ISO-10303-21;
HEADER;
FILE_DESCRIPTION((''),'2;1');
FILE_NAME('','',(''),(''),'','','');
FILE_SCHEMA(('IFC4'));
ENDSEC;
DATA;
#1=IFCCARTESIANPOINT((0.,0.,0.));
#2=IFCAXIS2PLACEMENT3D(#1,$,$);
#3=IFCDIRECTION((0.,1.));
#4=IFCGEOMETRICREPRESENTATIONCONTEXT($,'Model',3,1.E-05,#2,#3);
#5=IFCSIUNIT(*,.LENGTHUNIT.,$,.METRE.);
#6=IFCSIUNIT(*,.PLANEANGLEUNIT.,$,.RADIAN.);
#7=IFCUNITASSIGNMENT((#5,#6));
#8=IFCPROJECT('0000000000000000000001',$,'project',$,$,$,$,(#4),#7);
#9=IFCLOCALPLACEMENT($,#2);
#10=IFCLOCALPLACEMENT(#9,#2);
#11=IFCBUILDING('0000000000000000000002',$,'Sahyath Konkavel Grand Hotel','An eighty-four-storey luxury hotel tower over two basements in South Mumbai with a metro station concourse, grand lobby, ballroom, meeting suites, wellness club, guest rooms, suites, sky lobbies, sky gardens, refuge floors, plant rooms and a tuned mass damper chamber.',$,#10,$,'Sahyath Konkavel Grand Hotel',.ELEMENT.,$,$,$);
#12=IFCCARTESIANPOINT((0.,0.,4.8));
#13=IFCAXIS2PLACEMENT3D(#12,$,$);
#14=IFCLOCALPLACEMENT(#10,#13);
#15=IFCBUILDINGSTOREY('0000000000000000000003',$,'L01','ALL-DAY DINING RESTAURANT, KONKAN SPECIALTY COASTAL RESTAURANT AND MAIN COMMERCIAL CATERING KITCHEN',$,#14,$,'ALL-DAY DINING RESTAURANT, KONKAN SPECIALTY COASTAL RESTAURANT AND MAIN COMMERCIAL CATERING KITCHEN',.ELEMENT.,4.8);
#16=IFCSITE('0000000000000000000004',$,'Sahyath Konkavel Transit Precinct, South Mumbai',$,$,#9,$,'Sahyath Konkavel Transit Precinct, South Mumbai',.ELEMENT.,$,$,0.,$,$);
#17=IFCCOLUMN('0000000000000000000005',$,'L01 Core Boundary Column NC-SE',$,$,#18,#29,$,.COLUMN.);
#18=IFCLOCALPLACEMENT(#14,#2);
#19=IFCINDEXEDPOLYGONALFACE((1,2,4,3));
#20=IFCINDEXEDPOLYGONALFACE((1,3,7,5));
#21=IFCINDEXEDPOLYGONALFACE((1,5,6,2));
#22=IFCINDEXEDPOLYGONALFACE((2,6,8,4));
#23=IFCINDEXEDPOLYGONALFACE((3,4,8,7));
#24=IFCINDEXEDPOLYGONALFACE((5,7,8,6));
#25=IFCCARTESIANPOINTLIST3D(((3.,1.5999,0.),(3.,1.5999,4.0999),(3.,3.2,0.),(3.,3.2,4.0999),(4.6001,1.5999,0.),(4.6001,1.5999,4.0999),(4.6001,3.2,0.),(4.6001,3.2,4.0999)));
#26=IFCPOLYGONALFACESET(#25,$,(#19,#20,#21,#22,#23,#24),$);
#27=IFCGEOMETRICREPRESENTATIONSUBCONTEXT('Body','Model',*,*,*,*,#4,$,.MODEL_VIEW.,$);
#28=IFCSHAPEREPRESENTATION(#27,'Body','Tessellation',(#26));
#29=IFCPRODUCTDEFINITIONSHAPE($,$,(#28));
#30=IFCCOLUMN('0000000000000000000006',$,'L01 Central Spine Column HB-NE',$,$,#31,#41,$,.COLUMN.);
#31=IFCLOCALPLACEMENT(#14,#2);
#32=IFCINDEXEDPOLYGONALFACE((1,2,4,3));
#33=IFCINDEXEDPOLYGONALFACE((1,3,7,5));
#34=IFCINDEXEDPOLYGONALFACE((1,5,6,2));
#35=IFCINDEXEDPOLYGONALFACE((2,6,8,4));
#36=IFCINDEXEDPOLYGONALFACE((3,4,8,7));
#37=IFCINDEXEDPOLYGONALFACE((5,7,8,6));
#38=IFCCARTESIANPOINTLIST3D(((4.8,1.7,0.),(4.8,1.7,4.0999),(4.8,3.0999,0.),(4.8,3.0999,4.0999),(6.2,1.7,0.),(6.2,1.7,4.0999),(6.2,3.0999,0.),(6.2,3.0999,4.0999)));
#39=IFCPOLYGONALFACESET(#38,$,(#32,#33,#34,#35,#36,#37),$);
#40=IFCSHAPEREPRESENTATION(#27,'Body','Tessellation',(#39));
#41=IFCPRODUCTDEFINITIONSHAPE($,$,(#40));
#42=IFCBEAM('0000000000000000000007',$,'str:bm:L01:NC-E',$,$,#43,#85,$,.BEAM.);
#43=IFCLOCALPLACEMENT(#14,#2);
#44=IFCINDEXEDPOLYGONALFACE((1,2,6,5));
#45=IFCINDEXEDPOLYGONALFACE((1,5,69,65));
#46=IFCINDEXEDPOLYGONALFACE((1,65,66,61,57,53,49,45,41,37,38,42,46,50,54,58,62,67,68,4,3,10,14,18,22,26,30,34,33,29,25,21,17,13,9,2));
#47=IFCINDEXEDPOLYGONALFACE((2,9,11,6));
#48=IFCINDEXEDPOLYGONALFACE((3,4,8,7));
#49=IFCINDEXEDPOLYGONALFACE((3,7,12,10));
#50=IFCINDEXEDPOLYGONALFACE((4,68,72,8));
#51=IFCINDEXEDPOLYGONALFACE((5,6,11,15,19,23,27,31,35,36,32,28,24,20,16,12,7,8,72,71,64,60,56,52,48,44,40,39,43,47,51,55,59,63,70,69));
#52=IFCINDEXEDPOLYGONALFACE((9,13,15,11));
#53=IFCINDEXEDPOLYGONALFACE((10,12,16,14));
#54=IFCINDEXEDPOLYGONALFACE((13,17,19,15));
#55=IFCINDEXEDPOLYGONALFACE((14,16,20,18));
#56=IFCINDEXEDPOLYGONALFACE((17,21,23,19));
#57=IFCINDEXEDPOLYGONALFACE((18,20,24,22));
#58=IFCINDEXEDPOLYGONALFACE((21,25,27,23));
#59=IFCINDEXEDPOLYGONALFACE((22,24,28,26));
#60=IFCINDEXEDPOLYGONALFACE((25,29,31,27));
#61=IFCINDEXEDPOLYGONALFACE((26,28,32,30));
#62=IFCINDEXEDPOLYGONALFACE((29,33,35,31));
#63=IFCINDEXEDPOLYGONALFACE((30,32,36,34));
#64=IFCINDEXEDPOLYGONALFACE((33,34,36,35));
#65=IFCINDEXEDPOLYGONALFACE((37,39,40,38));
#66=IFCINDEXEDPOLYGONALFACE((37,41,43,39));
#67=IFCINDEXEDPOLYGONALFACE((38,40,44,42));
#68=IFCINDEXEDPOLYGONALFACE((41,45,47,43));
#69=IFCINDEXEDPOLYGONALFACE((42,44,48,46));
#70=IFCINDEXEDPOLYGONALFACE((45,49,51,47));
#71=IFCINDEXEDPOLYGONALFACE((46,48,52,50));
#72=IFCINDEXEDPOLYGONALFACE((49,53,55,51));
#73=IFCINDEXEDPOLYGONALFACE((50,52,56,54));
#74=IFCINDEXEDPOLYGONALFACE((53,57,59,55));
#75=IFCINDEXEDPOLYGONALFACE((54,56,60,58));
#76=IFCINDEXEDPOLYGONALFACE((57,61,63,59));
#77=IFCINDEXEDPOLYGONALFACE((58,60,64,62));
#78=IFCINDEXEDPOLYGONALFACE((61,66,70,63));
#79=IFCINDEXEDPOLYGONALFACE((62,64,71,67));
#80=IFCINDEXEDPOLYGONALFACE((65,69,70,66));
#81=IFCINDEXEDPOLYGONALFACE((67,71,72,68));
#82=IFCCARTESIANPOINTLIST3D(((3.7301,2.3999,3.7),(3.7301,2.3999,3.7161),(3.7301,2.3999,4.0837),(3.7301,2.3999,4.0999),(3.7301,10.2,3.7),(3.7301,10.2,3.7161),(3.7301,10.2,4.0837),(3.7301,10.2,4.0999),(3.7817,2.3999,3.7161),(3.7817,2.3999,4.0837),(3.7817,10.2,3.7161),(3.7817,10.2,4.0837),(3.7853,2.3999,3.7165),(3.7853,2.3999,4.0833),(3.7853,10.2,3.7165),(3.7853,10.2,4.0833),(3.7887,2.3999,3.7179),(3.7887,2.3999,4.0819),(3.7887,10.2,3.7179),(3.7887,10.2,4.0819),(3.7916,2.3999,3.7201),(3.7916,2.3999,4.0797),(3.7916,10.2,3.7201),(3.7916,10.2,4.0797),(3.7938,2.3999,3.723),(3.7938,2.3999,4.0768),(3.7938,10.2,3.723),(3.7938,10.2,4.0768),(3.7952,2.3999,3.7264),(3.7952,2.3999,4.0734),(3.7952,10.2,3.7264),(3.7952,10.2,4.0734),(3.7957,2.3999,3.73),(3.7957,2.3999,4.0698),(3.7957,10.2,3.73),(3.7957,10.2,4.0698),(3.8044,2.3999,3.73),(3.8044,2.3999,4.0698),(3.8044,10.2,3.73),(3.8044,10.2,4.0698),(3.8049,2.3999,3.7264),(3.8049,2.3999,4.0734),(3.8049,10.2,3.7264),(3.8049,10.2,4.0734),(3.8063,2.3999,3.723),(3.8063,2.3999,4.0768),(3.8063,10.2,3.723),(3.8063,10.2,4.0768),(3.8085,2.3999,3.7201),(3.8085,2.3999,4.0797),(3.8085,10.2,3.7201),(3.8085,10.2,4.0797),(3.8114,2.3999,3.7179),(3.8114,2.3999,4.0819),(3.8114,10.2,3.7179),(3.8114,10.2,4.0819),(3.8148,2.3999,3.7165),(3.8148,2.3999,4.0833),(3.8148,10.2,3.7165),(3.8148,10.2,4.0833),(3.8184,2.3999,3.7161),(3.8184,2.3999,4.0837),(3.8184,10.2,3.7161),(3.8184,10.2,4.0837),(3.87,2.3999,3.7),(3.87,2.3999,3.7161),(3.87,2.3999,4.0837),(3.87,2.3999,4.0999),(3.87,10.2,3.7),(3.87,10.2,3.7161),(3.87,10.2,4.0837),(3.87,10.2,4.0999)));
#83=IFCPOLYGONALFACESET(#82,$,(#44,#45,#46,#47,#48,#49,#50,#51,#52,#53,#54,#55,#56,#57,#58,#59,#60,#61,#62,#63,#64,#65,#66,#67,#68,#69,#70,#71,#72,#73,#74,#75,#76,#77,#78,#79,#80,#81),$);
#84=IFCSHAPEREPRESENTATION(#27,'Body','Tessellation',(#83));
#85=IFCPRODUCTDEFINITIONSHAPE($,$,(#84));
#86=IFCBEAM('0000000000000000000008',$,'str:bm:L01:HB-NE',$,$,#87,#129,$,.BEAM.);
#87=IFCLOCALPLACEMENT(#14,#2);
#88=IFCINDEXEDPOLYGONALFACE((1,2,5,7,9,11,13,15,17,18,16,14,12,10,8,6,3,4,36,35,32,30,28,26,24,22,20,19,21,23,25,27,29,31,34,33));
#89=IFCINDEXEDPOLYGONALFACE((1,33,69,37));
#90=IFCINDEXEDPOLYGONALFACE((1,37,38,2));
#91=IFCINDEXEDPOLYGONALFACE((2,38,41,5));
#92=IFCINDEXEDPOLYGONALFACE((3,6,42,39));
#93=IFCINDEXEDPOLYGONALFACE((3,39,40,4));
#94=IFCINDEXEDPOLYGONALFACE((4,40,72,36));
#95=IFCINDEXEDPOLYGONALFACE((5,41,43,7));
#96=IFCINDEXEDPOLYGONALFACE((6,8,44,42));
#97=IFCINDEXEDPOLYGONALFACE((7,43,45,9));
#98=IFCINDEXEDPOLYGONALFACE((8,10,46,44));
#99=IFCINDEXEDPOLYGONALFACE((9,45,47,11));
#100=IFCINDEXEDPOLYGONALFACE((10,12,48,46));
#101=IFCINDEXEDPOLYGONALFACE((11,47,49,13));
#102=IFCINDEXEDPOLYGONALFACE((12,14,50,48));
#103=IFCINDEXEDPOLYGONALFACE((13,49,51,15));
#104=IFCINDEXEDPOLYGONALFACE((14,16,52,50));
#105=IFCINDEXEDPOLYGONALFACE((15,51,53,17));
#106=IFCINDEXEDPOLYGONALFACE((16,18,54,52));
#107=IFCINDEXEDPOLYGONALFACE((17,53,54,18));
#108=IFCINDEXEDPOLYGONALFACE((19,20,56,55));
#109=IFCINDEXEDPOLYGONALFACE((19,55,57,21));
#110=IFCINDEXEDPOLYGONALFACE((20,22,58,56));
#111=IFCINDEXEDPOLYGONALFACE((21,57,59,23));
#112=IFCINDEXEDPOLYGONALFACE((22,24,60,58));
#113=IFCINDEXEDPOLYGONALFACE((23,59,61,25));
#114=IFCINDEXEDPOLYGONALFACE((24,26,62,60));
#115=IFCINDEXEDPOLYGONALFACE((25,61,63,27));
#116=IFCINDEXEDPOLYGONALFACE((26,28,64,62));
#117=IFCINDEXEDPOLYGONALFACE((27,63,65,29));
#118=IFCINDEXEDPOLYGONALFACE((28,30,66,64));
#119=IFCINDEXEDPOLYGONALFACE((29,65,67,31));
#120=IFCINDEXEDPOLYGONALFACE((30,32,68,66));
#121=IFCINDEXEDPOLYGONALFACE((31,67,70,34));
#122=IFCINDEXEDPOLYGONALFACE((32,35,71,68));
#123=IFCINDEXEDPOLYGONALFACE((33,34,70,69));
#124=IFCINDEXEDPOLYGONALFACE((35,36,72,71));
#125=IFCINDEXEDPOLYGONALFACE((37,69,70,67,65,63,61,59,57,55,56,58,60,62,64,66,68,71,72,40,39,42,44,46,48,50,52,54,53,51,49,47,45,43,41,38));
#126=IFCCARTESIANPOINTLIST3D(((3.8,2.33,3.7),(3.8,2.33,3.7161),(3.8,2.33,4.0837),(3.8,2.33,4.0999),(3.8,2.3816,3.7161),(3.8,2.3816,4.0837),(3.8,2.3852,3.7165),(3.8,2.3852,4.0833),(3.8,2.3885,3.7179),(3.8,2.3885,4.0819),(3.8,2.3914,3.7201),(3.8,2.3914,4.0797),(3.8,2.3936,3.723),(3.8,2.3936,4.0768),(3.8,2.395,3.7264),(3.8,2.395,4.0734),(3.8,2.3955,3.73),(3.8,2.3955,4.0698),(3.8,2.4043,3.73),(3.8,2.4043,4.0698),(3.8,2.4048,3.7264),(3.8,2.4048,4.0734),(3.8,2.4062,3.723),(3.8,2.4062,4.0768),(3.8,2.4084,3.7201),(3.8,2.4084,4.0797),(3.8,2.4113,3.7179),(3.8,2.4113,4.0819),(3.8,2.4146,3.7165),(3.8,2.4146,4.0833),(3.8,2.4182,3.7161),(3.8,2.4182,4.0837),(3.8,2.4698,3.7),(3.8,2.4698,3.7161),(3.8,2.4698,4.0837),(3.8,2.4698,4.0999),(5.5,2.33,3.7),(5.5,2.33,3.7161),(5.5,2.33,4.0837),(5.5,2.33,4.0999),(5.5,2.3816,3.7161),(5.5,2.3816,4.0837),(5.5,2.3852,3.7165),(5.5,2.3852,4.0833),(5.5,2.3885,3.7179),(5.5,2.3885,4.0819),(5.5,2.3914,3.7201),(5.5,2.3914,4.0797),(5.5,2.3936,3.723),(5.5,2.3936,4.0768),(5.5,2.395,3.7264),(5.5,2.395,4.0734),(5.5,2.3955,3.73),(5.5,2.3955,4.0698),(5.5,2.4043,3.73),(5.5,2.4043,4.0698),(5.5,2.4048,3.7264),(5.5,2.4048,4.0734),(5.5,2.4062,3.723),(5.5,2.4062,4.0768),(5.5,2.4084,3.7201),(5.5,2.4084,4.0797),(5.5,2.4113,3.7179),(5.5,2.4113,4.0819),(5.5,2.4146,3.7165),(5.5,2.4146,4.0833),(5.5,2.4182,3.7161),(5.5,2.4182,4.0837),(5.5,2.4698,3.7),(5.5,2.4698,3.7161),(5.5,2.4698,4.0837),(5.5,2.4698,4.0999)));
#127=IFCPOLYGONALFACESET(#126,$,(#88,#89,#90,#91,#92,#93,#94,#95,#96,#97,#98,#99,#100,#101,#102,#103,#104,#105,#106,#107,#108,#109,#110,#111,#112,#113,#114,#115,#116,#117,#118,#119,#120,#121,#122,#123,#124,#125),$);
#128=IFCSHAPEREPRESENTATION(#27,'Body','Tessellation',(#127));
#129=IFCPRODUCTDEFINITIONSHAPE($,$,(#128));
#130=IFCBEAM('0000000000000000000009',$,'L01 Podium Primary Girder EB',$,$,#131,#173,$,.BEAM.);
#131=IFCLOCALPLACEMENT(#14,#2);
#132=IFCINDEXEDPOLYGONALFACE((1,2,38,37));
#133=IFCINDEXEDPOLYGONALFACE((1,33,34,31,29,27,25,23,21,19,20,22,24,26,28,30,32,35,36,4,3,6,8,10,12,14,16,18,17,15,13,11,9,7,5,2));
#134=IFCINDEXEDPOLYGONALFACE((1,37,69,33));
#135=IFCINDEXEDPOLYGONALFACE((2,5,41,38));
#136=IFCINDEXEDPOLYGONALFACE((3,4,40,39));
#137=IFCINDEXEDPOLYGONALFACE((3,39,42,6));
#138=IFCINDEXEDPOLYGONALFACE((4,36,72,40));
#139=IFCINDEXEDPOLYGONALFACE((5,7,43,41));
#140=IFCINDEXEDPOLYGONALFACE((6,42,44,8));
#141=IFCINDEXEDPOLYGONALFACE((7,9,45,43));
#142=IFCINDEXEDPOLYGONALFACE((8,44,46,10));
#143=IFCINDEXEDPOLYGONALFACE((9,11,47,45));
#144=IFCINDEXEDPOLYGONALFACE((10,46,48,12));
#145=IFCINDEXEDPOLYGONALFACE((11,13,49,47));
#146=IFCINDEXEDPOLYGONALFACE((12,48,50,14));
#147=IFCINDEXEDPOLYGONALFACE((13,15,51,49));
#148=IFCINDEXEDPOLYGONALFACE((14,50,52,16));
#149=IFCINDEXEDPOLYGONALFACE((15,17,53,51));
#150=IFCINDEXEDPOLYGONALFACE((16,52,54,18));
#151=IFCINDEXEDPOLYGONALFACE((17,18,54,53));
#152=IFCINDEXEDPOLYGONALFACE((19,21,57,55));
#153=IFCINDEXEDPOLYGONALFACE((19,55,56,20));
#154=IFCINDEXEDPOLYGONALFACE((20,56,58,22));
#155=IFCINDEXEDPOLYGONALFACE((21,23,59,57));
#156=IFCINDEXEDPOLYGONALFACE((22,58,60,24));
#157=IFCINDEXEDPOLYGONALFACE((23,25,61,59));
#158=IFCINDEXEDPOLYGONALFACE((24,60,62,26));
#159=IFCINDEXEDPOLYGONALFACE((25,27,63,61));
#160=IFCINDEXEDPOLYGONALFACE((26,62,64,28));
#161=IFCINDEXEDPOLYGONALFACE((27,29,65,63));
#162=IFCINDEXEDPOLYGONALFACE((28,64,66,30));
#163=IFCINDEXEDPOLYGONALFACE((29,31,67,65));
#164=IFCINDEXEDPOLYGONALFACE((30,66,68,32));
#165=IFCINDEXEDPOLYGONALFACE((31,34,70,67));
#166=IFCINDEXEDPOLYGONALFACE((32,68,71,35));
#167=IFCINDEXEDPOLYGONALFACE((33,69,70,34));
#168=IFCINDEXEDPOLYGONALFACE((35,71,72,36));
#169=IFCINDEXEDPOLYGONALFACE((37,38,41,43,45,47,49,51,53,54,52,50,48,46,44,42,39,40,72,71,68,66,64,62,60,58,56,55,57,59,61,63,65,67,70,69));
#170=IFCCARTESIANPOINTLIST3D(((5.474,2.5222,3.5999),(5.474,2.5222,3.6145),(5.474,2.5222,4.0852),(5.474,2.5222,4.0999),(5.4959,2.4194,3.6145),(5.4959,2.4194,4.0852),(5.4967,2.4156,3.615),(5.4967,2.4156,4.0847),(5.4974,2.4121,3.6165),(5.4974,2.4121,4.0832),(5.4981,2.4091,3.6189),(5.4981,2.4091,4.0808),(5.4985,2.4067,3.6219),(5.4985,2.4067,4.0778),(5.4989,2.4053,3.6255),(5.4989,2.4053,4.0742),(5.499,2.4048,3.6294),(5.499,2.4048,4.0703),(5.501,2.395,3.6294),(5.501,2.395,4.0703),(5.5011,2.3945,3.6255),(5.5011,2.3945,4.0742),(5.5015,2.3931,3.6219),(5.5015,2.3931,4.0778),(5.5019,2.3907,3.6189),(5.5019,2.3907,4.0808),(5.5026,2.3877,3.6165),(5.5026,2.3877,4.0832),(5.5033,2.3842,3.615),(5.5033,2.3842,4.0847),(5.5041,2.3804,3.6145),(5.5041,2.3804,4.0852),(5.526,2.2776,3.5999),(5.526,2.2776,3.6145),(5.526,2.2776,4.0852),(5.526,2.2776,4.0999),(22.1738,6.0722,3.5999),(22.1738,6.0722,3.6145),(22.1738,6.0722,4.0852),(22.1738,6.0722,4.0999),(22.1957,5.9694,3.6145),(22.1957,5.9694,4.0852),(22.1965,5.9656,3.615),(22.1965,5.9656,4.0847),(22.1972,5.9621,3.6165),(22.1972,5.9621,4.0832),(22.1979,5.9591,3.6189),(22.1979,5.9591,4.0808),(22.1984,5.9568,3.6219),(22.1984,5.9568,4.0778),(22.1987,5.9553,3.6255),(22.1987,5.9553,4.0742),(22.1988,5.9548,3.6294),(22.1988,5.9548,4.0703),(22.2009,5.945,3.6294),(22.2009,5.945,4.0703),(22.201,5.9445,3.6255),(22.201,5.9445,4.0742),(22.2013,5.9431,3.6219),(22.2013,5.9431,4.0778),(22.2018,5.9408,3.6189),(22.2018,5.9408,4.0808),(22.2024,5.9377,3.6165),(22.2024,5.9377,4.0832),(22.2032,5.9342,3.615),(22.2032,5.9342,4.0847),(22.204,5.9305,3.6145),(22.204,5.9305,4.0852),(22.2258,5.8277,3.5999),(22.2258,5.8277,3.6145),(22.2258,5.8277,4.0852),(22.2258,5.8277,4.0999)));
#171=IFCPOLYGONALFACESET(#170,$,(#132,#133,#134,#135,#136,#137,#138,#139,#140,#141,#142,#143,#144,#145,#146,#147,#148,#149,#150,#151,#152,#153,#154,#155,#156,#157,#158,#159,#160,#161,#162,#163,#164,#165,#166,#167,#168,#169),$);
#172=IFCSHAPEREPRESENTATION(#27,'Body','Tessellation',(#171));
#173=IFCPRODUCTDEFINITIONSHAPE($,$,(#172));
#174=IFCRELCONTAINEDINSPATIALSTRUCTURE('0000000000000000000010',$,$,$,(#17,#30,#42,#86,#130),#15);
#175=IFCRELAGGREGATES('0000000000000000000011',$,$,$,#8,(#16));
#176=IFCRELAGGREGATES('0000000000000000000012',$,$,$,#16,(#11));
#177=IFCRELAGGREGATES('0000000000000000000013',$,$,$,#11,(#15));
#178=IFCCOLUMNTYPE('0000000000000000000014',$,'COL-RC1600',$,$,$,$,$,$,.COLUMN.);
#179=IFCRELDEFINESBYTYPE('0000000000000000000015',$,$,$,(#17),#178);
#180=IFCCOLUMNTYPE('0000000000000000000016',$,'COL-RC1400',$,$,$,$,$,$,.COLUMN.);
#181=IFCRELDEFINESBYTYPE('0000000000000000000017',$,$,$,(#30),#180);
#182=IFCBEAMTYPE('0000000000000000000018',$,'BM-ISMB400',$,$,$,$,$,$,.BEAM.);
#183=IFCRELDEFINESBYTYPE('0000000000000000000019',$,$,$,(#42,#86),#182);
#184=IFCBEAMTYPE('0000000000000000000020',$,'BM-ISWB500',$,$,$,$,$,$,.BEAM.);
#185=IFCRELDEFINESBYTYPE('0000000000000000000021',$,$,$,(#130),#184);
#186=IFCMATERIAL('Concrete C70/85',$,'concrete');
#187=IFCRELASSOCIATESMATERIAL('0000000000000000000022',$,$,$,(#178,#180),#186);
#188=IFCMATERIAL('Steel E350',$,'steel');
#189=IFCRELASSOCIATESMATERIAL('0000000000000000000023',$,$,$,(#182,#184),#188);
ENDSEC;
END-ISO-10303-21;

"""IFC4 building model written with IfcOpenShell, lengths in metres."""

from ifc_helpers import new_model, si_unit, direction, frame, origin, origin_2d, place, context, subcontext, project, spatial, rectangle, i_section, extrude, source, transform, mapped, material, material_profile, profile_set, type_object, element, save


model = new_model("IFC4")

# Units and contexts
model_context = context("Model", 3, precision=1e-05, world=origin(), true_north=direction((0.0, 1.0)))
body_context = subcontext(model_context, "Body", "Model", "MODEL_VIEW")
ifc_project = project(units=[si_unit("LENGTHUNIT", "METRE"), si_unit("PLANEANGLEUNIT", "RADIAN")], contexts=[model_context])

# Site, building, storey
site_placement = place(None, origin())
site = spatial("IfcSite", under=ifc_project, at=site_placement, Name="Sahyath Konkavel Transit Precinct, South Mumbai", LongName="Sahyath Konkavel Transit Precinct, South Mumbai", CompositionType="ELEMENT", RefElevation=0.0)
building_placement = place(site_placement, origin())
building = spatial("IfcBuilding", under=site, at=building_placement, Name="Sahyath Konkavel Grand Hotel", Description="An eighty-four-storey luxury hotel tower over two basements in South Mumbai with a metro station concourse, grand lobby, ballroom, meeting suites, wellness club, guest rooms, suites, sky lobbies, sky gardens, refuge floors, plant rooms and a tuned mass damper chamber.", LongName="Sahyath Konkavel Grand Hotel", CompositionType="ELEMENT")
storey_placement = place(building_placement, frame((0.0, 0.0, 4.8)))
storey = spatial("IfcBuildingStorey", under=building, at=storey_placement, Name="L01", Description="ALL-DAY DINING RESTAURANT, KONKAN SPECIALTY COASTAL RESTAURANT AND MAIN COMMERCIAL CATERING KITCHEN", LongName="ALL-DAY DINING RESTAURANT, KONKAN SPECIALTY COASTAL RESTAURANT AND MAIN COMMERCIAL CATERING KITCHEN", CompositionType="ELEMENT", Elevation=4.8)

# Columns
ifc_material_1 = material(Name="Concrete C70/85", Category="concrete")
ifc_material_profile_1 = material_profile(ifc_material_1, rectangle(XDim=1.6001, YDim=1.6001, at=origin_2d()), Name="RC 1600x1600")
ifc_profile_set_1 = profile_set([ifc_material_profile_1], Name="Concrete C70/85")
column_type_1 = type_object("IfcColumnType", Name="COL-RC1600", PredefinedType="COLUMN", material=ifc_profile_set_1)
shared_shape_1 = source(origin(), body_context, "Body", "SweptSolid", [
    extrude(rectangle(XDim=1.6001, YDim=1.6001, at=origin_2d()), origin(), (0.0, 0.0, 1.0), 4.0999),
])
column_1_placement = place(storey_placement, frame((3.8, 2.3999, 0.0), z_axis=(0.0, 0.0, 1.0), x_axis=(1.0, 0.0, 0.0)))
element("IfcColumn", 1, at=column_1_placement, inside=storey, type_object=column_type_1, Name="L01 Core Boundary Column NC-SE", PredefinedType="COLUMN", context=body_context, shape_type="MappedRepresentation", body=[
    mapped(shared_shape_1, transform((0.0, 0.0, 0.0), scale=1.0)),
])
ifc_material_profile_2 = material_profile(ifc_material_1, rectangle(XDim=1.3999, YDim=1.3999, at=origin_2d()), Name="RC 1400x1400")
ifc_profile_set_2 = profile_set([ifc_material_profile_2], Name="Concrete C70/85")
column_type_2 = type_object("IfcColumnType", Name="COL-RC1400", PredefinedType="COLUMN", material=ifc_profile_set_2)
shared_shape_2 = source(origin(), body_context, "Body", "SweptSolid", [
    extrude(rectangle(XDim=1.3999, YDim=1.3999, at=origin_2d()), origin(), (0.0, 0.0, 1.0), 4.0999),
])
column_2_placement = place(storey_placement, frame((5.5, 2.3999, 0.0), z_axis=(0.0, 0.0, 1.0), x_axis=(1.0, 0.0, 0.0)))
element("IfcColumn", 2, at=column_2_placement, inside=storey, type_object=column_type_2, Name="L01 Central Spine Column HB-NE", PredefinedType="COLUMN", context=body_context, shape_type="MappedRepresentation", body=[
    mapped(shared_shape_2, transform((0.0, 0.0, 0.0), scale=1.0)),
])

# Beams
ifc_material_2 = material(Name="Steel E350", Category="steel")
ifc_material_profile_3 = material_profile(ifc_material_2, i_section(OverallWidth=0.1399, OverallDepth=0.3999, WebThickness=0.0088, FlangeThickness=0.0161, FilletRadius=0.0139, at=origin_2d()), Name="ISMB 400")
ifc_profile_set_3 = profile_set([ifc_material_profile_3], Name="Steel E350")
beam_type_1 = type_object("IfcBeamType", Name="BM-ISMB400", PredefinedType="BEAM", material=ifc_profile_set_3)
shared_shape_3 = source(origin(), body_context, "Body", "SweptSolid", [
    extrude(i_section(OverallWidth=0.1399, OverallDepth=0.3999, WebThickness=0.0088, FlangeThickness=0.0161, FilletRadius=0.0139, at=origin_2d()), origin(), (0.0, 0.0, 1.0), 7.8),
])
beam_1_placement = place(storey_placement, frame((3.8, 2.3999, 3.8999), z_axis=(0.0, 1.0, 0.0), x_axis=(-1.0, 0.0, 0.0)))
element("IfcBeam", 3, at=beam_1_placement, inside=storey, type_object=beam_type_1, Name="str:bm:L01:NC-E", PredefinedType="BEAM", context=body_context, shape_type="MappedRepresentation", body=[
    mapped(shared_shape_3, transform((0.0, 0.0, 0.0), scale=1.0)),
])
shared_shape_4 = source(origin(), body_context, "Body", "SweptSolid", [
    extrude(i_section(OverallWidth=0.1399, OverallDepth=0.3999, WebThickness=0.0088, FlangeThickness=0.0161, FilletRadius=0.0139, at=origin_2d()), origin(), (0.0, 0.0, 1.0), 1.7),
])
beam_2_placement = place(storey_placement, frame((3.8, 2.3999, 3.8999), z_axis=(1.0, 0.0, 0.0), x_axis=(0.0, 1.0, 0.0)))
element("IfcBeam", 4, at=beam_2_placement, inside=storey, type_object=beam_type_1, Name="str:bm:L01:HB-NE", PredefinedType="BEAM", context=body_context, shape_type="MappedRepresentation", body=[
    mapped(shared_shape_4, transform((0.0, 0.0, 0.0), scale=1.0)),
])
ifc_material_profile_4 = material_profile(ifc_material_2, i_section(OverallWidth=0.25, OverallDepth=0.5, WebThickness=0.01, FlangeThickness=0.0146, FilletRadius=0.0149, at=origin_2d()), Name="ISWB 500")
ifc_profile_set_4 = profile_set([ifc_material_profile_4], Name="Steel E350")
beam_type_2 = type_object("IfcBeamType", Name="BM-ISWB500", PredefinedType="BEAM", material=ifc_profile_set_4)
shared_shape_5 = source(origin(), body_context, "Body", "SweptSolid", [
    extrude(i_section(OverallWidth=0.25, OverallDepth=0.5, WebThickness=0.01, FlangeThickness=0.0146, FilletRadius=0.0149, at=origin_2d()), origin(), (0.0, 0.0, 1.0), 17.073),
])
beam_3_placement = place(storey_placement, frame((5.5, 2.3999, 3.8499), z_axis=(0.978143, 0.207932, 0.0), x_axis=(-0.207932, 0.978143, 0.0)))
element("IfcBeam", 5, at=beam_3_placement, inside=storey, type_object=beam_type_2, Name="L01 Podium Primary Girder EB", PredefinedType="BEAM", context=body_context, shape_type="MappedRepresentation", body=[
    mapped(shared_shape_5, transform((0.0, 0.0, 0.0), scale=1.0)),
])

save(model, "model.ifc")
